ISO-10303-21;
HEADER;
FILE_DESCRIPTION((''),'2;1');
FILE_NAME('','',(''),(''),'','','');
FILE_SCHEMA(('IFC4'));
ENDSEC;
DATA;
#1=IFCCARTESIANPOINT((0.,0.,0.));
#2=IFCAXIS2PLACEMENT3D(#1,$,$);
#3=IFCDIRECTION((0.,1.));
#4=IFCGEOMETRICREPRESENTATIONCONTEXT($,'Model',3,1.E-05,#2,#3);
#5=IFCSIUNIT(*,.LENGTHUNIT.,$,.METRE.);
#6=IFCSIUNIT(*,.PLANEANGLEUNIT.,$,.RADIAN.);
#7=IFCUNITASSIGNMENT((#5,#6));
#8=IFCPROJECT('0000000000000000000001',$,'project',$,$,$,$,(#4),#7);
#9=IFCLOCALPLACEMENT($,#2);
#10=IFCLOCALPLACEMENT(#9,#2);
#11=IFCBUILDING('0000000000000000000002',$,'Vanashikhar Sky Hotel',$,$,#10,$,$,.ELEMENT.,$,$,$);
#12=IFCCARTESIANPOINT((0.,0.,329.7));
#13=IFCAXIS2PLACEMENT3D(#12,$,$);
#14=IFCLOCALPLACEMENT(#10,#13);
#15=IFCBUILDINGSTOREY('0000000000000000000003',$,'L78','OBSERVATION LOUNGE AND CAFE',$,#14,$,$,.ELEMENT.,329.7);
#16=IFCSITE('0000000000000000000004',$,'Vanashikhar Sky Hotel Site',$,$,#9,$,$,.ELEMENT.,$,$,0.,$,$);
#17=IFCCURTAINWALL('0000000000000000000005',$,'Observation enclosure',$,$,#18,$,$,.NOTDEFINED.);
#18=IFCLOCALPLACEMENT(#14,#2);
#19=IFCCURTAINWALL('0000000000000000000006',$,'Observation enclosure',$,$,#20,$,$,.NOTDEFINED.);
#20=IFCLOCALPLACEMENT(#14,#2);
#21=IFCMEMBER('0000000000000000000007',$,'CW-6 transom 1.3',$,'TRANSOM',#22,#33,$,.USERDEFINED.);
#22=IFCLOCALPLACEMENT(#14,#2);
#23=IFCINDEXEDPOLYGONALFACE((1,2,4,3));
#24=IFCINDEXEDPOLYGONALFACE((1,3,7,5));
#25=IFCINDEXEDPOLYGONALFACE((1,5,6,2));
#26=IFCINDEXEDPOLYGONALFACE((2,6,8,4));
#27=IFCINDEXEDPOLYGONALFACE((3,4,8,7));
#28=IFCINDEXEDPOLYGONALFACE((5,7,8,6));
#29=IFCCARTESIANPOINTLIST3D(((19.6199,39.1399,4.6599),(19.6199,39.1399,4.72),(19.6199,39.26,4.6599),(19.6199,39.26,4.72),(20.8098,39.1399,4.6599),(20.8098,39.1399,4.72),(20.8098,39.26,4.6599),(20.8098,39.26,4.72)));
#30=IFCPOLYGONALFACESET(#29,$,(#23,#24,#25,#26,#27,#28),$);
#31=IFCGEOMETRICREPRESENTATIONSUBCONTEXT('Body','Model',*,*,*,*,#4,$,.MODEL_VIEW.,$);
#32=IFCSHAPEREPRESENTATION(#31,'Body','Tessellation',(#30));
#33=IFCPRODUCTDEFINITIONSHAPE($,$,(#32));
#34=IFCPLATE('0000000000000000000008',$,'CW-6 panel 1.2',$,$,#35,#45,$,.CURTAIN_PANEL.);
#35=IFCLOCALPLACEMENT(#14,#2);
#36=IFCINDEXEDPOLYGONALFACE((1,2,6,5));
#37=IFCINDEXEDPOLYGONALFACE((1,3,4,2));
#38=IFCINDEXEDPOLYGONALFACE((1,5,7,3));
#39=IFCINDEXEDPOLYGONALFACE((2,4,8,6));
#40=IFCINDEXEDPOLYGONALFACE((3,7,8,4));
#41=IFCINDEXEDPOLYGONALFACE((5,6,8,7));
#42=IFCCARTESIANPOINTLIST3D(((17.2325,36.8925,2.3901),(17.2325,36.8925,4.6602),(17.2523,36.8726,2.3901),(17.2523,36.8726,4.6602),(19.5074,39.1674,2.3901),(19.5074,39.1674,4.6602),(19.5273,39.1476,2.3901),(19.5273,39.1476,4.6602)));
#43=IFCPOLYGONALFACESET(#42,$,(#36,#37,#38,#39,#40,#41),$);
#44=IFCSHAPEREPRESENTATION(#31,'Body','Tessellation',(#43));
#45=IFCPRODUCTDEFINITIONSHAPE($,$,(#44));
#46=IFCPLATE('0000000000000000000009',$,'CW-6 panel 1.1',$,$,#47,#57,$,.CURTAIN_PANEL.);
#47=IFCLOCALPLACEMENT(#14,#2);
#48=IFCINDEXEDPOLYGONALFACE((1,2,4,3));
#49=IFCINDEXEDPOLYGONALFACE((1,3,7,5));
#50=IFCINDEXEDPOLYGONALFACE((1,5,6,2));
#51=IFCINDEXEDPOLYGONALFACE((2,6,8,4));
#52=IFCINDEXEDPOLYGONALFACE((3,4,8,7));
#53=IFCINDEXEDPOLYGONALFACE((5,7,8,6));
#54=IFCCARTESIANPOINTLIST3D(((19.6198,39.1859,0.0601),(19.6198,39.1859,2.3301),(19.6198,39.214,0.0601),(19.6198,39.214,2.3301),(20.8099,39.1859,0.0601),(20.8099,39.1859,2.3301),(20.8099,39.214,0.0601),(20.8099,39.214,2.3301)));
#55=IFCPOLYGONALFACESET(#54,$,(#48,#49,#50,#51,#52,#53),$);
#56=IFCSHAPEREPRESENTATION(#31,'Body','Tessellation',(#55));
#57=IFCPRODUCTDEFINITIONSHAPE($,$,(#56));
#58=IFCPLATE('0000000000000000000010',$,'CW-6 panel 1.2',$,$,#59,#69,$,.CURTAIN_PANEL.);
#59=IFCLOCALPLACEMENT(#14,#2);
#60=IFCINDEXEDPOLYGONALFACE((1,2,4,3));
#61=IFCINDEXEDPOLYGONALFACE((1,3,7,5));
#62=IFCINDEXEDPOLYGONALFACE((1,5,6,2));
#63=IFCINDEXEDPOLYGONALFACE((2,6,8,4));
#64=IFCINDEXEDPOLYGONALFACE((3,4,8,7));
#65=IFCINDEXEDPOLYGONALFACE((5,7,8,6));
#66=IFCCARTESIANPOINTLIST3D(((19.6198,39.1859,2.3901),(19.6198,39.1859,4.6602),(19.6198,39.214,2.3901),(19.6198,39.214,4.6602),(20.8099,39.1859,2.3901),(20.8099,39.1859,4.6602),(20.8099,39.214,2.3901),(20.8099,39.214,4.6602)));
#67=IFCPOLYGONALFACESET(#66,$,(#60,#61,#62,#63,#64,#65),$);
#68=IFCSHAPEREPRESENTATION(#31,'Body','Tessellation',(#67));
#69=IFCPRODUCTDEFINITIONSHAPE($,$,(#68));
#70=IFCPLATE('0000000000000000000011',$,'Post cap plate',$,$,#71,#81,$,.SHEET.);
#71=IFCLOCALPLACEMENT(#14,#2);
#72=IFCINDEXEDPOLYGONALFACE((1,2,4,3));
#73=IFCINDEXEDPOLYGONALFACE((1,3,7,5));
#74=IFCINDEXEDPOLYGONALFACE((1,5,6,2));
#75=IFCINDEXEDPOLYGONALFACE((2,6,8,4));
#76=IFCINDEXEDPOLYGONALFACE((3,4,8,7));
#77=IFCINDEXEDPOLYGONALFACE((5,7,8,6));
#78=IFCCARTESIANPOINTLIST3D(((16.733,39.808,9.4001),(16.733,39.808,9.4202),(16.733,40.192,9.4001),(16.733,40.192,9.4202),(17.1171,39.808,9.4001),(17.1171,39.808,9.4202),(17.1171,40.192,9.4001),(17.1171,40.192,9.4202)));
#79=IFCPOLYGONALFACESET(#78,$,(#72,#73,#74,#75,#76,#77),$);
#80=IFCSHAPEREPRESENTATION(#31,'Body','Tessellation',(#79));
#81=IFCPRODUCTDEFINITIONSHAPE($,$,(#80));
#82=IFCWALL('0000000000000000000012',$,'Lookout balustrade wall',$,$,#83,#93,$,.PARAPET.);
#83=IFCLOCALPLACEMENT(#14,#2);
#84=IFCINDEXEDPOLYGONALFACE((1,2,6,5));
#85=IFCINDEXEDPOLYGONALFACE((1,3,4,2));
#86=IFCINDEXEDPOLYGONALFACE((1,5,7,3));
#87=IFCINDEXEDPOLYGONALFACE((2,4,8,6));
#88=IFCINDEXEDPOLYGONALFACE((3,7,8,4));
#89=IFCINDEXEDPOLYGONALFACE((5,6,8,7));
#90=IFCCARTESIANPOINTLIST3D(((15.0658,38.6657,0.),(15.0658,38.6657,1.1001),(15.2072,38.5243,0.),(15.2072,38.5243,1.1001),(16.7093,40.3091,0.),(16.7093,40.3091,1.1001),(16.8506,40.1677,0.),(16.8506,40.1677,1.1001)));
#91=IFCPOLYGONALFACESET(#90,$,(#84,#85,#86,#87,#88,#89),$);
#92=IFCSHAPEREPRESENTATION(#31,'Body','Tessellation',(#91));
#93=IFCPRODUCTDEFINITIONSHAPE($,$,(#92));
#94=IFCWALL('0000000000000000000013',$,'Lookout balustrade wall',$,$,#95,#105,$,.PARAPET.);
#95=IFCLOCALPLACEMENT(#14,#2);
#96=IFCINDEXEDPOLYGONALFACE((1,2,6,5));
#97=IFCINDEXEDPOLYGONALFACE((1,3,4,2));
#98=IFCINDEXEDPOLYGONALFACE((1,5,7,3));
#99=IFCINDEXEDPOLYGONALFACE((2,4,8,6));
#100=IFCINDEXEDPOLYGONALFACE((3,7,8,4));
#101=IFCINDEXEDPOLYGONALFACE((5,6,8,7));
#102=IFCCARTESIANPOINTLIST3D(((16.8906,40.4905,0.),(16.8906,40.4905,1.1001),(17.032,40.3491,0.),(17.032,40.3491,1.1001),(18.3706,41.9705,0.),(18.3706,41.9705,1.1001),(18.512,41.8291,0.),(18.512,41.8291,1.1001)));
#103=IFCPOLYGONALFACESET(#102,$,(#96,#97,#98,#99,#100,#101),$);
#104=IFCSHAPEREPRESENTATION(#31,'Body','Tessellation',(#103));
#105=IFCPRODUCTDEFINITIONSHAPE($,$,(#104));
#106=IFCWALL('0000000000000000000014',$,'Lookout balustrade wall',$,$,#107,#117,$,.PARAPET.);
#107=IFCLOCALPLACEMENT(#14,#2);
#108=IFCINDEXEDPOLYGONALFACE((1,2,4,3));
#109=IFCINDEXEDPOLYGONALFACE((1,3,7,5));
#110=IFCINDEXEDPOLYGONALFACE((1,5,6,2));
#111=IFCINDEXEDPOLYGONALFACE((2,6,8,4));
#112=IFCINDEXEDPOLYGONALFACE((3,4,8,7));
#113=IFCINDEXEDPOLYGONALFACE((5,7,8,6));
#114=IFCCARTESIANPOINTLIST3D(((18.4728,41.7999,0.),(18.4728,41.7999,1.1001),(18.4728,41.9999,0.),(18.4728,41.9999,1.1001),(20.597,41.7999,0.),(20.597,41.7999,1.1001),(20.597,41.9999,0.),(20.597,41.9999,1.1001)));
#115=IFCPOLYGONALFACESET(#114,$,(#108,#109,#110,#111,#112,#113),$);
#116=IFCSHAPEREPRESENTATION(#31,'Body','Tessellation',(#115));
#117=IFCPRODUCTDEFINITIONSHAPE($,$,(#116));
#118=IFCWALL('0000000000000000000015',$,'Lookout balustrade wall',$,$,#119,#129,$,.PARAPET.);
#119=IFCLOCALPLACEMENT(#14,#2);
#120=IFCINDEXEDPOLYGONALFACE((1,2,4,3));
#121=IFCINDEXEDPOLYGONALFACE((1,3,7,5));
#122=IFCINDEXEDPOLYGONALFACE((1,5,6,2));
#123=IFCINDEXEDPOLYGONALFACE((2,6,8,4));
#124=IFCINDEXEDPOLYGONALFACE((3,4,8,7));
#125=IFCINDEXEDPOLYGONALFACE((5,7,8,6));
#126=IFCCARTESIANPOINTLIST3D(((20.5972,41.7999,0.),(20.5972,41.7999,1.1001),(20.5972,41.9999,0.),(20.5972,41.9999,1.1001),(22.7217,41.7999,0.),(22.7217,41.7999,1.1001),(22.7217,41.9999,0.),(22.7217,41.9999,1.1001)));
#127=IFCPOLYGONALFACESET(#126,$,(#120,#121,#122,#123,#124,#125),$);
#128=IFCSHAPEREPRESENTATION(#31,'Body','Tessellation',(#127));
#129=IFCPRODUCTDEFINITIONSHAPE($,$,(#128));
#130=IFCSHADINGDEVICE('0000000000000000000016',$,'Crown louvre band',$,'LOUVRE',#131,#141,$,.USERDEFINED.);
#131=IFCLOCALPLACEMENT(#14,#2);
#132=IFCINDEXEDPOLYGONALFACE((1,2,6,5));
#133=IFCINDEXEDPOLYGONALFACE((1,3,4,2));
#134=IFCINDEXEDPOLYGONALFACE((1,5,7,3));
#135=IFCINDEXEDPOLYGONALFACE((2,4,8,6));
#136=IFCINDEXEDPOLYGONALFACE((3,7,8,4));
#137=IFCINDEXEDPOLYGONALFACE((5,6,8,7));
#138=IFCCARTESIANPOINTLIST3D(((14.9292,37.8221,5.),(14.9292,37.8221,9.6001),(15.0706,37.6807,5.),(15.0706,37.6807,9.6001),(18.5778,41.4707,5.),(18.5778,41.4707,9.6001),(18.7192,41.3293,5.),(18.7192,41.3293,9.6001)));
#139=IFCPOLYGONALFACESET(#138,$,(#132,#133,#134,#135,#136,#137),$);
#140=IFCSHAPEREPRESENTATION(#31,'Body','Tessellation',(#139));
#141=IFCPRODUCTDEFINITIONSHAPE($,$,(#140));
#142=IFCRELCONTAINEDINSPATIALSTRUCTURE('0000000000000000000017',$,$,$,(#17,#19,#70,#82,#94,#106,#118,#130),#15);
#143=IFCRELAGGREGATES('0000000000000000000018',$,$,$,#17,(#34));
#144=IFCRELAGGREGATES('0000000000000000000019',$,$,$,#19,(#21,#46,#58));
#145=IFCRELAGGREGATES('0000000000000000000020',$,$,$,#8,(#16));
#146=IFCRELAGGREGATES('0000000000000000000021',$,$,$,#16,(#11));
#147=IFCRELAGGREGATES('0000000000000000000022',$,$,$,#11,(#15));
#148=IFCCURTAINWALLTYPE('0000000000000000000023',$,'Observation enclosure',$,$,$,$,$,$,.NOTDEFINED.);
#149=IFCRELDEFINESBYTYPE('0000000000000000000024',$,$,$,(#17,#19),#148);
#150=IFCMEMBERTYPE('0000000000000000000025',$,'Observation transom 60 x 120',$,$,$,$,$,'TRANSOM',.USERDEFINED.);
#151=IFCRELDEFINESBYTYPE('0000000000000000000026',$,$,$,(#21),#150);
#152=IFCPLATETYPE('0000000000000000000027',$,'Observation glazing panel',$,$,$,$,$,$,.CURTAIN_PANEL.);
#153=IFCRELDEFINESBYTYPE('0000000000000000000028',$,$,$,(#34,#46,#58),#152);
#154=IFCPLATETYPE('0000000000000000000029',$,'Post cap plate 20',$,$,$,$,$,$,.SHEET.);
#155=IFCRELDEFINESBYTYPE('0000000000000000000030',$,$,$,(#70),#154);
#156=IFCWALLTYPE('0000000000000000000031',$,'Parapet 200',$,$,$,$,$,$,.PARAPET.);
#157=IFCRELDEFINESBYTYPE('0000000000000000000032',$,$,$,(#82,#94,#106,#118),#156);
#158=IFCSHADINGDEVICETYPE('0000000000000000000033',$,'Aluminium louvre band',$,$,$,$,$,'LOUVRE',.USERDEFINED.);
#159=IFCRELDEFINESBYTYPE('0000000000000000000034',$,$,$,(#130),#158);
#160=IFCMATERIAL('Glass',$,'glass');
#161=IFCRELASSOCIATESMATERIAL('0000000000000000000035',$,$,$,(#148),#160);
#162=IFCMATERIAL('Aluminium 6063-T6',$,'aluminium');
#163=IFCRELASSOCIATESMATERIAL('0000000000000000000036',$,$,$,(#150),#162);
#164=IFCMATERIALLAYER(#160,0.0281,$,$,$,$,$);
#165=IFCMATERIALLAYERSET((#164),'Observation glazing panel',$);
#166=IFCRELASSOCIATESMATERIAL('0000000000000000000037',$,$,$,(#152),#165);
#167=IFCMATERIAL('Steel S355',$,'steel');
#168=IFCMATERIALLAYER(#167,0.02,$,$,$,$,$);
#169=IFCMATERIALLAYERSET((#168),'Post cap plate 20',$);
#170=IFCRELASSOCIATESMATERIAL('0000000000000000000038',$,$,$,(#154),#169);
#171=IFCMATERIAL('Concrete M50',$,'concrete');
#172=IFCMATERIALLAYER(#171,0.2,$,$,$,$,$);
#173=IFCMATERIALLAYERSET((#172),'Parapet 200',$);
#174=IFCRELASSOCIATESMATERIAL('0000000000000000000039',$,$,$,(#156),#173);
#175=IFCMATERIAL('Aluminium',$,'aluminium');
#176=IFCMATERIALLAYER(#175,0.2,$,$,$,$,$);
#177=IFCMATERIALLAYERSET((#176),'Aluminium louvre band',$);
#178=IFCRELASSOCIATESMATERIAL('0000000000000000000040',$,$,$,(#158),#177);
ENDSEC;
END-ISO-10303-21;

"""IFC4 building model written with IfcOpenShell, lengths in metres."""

from ifc_helpers import new_model, si_unit, direction, frame, frame_2d, origin, origin_2d, place, context, subcontext, project, spatial, rectangle, extrude, source, transform, mapped, material, layer, layer_set, material_profile, profile_set, type_object, element, aggregate, save


model = new_model("IFC4")

# Units and contexts
model_context = context("Model", 3, precision=1e-05, world=origin(), true_north=direction((0.0, 1.0)))
body_context = subcontext(model_context, "Body", "Model", "MODEL_VIEW")
ifc_project = project(units=[si_unit("LENGTHUNIT", "METRE"), si_unit("PLANEANGLEUNIT", "RADIAN")], contexts=[model_context])

# Site, building, storey
site_placement = place(None, origin())
site = spatial("IfcSite", under=ifc_project, at=site_placement, Name="Vanashikhar Sky Hotel Site", CompositionType="ELEMENT", RefElevation=0.0)
building_placement = place(site_placement, origin())
building = spatial("IfcBuilding", under=site, at=building_placement, Name="Vanashikhar Sky Hotel", CompositionType="ELEMENT")
storey_placement = place(building_placement, frame((0.0, 0.0, 329.7)))
storey = spatial("IfcBuildingStorey", under=building, at=storey_placement, Name="L78", Description="OBSERVATION LOUNGE AND CAFE", CompositionType="ELEMENT", Elevation=329.7)

# Shared definitions
ifc_material_1 = material(Name="Steel S355", Category="steel")

# Curtain wall
ifc_material_2 = material(Name="Glass", Category="glass")
curtain_wall_type = type_object("IfcCurtainWallType", Name="Observation enclosure", PredefinedType="NOTDEFINED", material=ifc_material_2)
curtain_wall_1_placement = place(storey_placement, origin())
curtain_wall_1 = element("IfcCurtainWall", 1, at=curtain_wall_1_placement, inside=storey, type_object=curtain_wall_type, Name="Observation enclosure", PredefinedType="NOTDEFINED")
ifc_material_3 = material(Name="Aluminium 6063-T6", Category="aluminium")

# Curtain wall
curtain_wall_2_placement = place(storey_placement, origin())
curtain_wall_2 = element("IfcCurtainWall", 2, at=curtain_wall_2_placement, inside=storey, type_object=curtain_wall_type, Name="Observation enclosure", PredefinedType="NOTDEFINED")

# Member
ifc_material_profile_1 = material_profile(ifc_material_3, rectangle(XDim=0.1201, YDim=0.0601, at=origin_2d()))
ifc_profile_set_1 = profile_set([ifc_material_profile_1], Name="Aluminium 6063-T6")
member_type_1 = type_object("IfcMemberType", Name="Observation transom 60 x 120", ElementType="TRANSOM", PredefinedType="USERDEFINED", material=ifc_profile_set_1)
shared_shape_1 = source(origin(), body_context, "Body", "SweptSolid", [
    extrude(rectangle(XDim=0.1201, YDim=0.0601, at=origin_2d()), origin(), (0.0, 0.0, 1.0), 1.1899),
])
member_1_placement = place(storey_placement, frame((20.8098, 39.2, 4.6899), z_axis=(-1.0, 0.0, 0.0), x_axis=(0.0, -1.0, 0.0)))
member_1 = element("IfcMember", 3, at=member_1_placement, type_object=member_type_1, Name="CW-6 transom 1.3", ObjectType="TRANSOM", PredefinedType="USERDEFINED", context=body_context, shape_type="MappedRepresentation", body=[
    mapped(shared_shape_1, transform((0.0, 0.0, 0.0), scale=1.0)),
])

# Plates
ifc_layer_1 = layer(ifc_material_2, 0.0281)
ifc_layer_set_1 = layer_set([ifc_layer_1], Name="Observation glazing panel")
plate_type_1 = type_object("IfcPlateType", Name="Observation glazing panel", PredefinedType="CURTAIN_PANEL", material=ifc_layer_set_1)
shared_shape_2 = source(origin(), body_context, "Body", "SweptSolid", [
    extrude(rectangle(XDim=3.2173, YDim=0.0281, at=origin_2d()), origin(), (0.0, 0.0, 1.0), 2.27),
])
plate_1_placement = place(storey_placement, frame((18.3799, 38.02, 2.3901), z_axis=(0.0, 0.0, 1.0), x_axis=(-0.707107, -0.707107, 0.0)))
plate_1 = element("IfcPlate", 4, at=plate_1_placement, type_object=plate_type_1, Name="CW-6 panel 1.2", PredefinedType="CURTAIN_PANEL", context=body_context, shape_type="MappedRepresentation", body=[
    mapped(shared_shape_2, transform((0.0, 0.0, 0.0), scale=1.0)),
])
aggregate(curtain_wall_1, [plate_1])
shared_shape_3 = source(origin(), body_context, "Body", "SweptSolid", [
    extrude(rectangle(XDim=1.1902, YDim=0.0281, at=origin_2d()), origin(), (0.0, 0.0, 1.0), 2.27),
])
plate_2_placement = place(storey_placement, frame((20.2148, 39.2, 0.0601), z_axis=(0.0, 0.0, 1.0), x_axis=(-1.0, 0.0, 0.0)))
plate_2 = element("IfcPlate", 5, at=plate_2_placement, type_object=plate_type_1, Name="CW-6 panel 1.1", PredefinedType="CURTAIN_PANEL", context=body_context, shape_type="MappedRepresentation", body=[
    mapped(shared_shape_3, transform((0.0, 0.0, 0.0), scale=1.0)),
])
plate_3_placement = place(storey_placement, frame((20.2148, 39.2, 2.3901), z_axis=(0.0, 0.0, 1.0), x_axis=(-1.0, 0.0, 0.0)))
plate_3 = element("IfcPlate", 6, at=plate_3_placement, type_object=plate_type_1, Name="CW-6 panel 1.2", PredefinedType="CURTAIN_PANEL", context=body_context, shape_type="MappedRepresentation", body=[
    mapped(shared_shape_3, transform((0.0, 0.0, 0.0), scale=1.0)),
])
aggregate(curtain_wall_2, [member_1, plate_2, plate_3])
ifc_layer_2 = layer(ifc_material_1, 0.02)
ifc_layer_set_2 = layer_set([ifc_layer_2], Name="Post cap plate 20")
plate_type_2 = type_object("IfcPlateType", Name="Post cap plate 20", PredefinedType="SHEET", material=ifc_layer_set_2)
shared_shape_4 = source(origin(), body_context, "Body", "SweptSolid", [
    extrude(rectangle(XDim=0.384, YDim=0.384, at=origin_2d()), origin(), (0.0, 0.0, 1.0), 0.02),
])
plate_4_placement = place(storey_placement, frame((16.925, 40.0, 9.4001), z_axis=(0.0, 0.0, 1.0), x_axis=(1.0, 0.0, 0.0)))
element("IfcPlate", 7, at=plate_4_placement, inside=storey, type_object=plate_type_2, Name="Post cap plate", PredefinedType="SHEET", context=body_context, shape_type="MappedRepresentation", body=[
    mapped(shared_shape_4, transform((0.0, 0.0, 0.0), scale=1.0)),
])

# Walls
ifc_material_4 = material(Name="Concrete M50", Category="concrete")
ifc_layer_3 = layer(ifc_material_4, 0.2)
ifc_layer_set_3 = layer_set([ifc_layer_3], Name="Parapet 200")
wall_type = type_object("IfcWallType", Name="Parapet 200", PredefinedType="PARAPET", material=ifc_layer_set_3)
shared_shape_5 = source(origin(), body_context, "Body", "SweptSolid", [
    extrude(rectangle(XDim=2.3242, YDim=0.2, at=frame_2d((1.1621, 0.0))), origin(), (0.0, 0.0, 1.0), 1.1001),
])
wall_1_placement = place(storey_placement, frame((15.1365, 38.595, 0.0), z_axis=(0.0, 0.0, 1.0), x_axis=(0.707107, 0.707107, 0.0)))
element("IfcWall", 8, at=wall_1_placement, inside=storey, type_object=wall_type, Name="Lookout balustrade wall", PredefinedType="PARAPET", context=body_context, shape_type="MappedRepresentation", body=[
    mapped(shared_shape_5, transform((0.0, 0.0, 0.0), scale=1.0)),
])
shared_shape_6 = source(origin(), body_context, "Body", "SweptSolid", [
    extrude(rectangle(XDim=2.093, YDim=0.2, at=frame_2d((1.0464, 0.0))), origin(), (0.0, 0.0, 1.0), 1.1001),
])
wall_2_placement = place(storey_placement, frame((16.9614, 40.4199, 0.0), z_axis=(0.0, 0.0, 1.0), x_axis=(0.707107, 0.707107, 0.0)))
element("IfcWall", 9, at=wall_2_placement, inside=storey, type_object=wall_type, Name="Lookout balustrade wall", PredefinedType="PARAPET", context=body_context, shape_type="MappedRepresentation", body=[
    mapped(shared_shape_6, transform((0.0, 0.0, 0.0), scale=1.0)),
])
shared_shape_7 = source(origin(), body_context, "Body", "SweptSolid", [
    extrude(rectangle(XDim=2.1243, YDim=0.2, at=frame_2d((1.062, 0.0))), origin(), (0.0, 0.0, 1.0), 1.1001),
])
wall_3_placement = place(storey_placement, frame((18.4729, 41.8999, 0.0), z_axis=(0.0, 0.0, 1.0), x_axis=(1.0, 0.0, 0.0)))
element("IfcWall", 10, at=wall_3_placement, inside=storey, type_object=wall_type, Name="Lookout balustrade wall", PredefinedType="PARAPET", context=body_context, shape_type="MappedRepresentation", body=[
    mapped(shared_shape_7, transform((0.0, 0.0, 0.0), scale=1.0)),
])
shared_shape_8 = source(origin(), body_context, "Body", "SweptSolid", [
    extrude(rectangle(XDim=2.1245, YDim=0.2, at=frame_2d((1.0623, 0.0))), origin(), (0.0, 0.0, 1.0), 1.1001),
])
wall_4_placement = place(storey_placement, frame((20.5972, 41.8999, 0.0), z_axis=(0.0, 0.0, 1.0), x_axis=(1.0, 0.0, 0.0)))
element("IfcWall", 11, at=wall_4_placement, inside=storey, type_object=wall_type, Name="Lookout balustrade wall", PredefinedType="PARAPET", context=body_context, shape_type="MappedRepresentation", body=[
    mapped(shared_shape_8, transform((0.0, 0.0, 0.0), scale=1.0)),
])

# Shading device
ifc_material_5 = material(Name="Aluminium", Category="aluminium")
ifc_layer_4 = layer(ifc_material_5, 0.2)
ifc_layer_set_4 = layer_set([ifc_layer_4], Name="Aluminium louvre band")
shading_device_type = type_object("IfcShadingDeviceType", Name="Aluminium louvre band", ElementType="LOUVRE", PredefinedType="USERDEFINED", material=ifc_layer_set_4)
shared_shape_9 = source(origin(), body_context, "Body", "SweptSolid", [
    extrude(rectangle(XDim=5.1599, YDim=0.2, at=origin_2d()), origin(), (0.0, 0.0, 1.0), 4.6001),
])
shading_device_placement = place(storey_placement, frame((16.8242, 39.5757, 5.0), z_axis=(0.0, 0.0, 1.0), x_axis=(0.707107, 0.707107, 0.0)))
element("IfcShadingDevice", 12, at=shading_device_placement, inside=storey, type_object=shading_device_type, Name="Crown louvre band", ObjectType="LOUVRE", PredefinedType="USERDEFINED", context=body_context, shape_type="MappedRepresentation", body=[
    mapped(shared_shape_9, transform((0.0, 0.0, 0.0), scale=1.0)),
])

save(model, "model.ifc")
